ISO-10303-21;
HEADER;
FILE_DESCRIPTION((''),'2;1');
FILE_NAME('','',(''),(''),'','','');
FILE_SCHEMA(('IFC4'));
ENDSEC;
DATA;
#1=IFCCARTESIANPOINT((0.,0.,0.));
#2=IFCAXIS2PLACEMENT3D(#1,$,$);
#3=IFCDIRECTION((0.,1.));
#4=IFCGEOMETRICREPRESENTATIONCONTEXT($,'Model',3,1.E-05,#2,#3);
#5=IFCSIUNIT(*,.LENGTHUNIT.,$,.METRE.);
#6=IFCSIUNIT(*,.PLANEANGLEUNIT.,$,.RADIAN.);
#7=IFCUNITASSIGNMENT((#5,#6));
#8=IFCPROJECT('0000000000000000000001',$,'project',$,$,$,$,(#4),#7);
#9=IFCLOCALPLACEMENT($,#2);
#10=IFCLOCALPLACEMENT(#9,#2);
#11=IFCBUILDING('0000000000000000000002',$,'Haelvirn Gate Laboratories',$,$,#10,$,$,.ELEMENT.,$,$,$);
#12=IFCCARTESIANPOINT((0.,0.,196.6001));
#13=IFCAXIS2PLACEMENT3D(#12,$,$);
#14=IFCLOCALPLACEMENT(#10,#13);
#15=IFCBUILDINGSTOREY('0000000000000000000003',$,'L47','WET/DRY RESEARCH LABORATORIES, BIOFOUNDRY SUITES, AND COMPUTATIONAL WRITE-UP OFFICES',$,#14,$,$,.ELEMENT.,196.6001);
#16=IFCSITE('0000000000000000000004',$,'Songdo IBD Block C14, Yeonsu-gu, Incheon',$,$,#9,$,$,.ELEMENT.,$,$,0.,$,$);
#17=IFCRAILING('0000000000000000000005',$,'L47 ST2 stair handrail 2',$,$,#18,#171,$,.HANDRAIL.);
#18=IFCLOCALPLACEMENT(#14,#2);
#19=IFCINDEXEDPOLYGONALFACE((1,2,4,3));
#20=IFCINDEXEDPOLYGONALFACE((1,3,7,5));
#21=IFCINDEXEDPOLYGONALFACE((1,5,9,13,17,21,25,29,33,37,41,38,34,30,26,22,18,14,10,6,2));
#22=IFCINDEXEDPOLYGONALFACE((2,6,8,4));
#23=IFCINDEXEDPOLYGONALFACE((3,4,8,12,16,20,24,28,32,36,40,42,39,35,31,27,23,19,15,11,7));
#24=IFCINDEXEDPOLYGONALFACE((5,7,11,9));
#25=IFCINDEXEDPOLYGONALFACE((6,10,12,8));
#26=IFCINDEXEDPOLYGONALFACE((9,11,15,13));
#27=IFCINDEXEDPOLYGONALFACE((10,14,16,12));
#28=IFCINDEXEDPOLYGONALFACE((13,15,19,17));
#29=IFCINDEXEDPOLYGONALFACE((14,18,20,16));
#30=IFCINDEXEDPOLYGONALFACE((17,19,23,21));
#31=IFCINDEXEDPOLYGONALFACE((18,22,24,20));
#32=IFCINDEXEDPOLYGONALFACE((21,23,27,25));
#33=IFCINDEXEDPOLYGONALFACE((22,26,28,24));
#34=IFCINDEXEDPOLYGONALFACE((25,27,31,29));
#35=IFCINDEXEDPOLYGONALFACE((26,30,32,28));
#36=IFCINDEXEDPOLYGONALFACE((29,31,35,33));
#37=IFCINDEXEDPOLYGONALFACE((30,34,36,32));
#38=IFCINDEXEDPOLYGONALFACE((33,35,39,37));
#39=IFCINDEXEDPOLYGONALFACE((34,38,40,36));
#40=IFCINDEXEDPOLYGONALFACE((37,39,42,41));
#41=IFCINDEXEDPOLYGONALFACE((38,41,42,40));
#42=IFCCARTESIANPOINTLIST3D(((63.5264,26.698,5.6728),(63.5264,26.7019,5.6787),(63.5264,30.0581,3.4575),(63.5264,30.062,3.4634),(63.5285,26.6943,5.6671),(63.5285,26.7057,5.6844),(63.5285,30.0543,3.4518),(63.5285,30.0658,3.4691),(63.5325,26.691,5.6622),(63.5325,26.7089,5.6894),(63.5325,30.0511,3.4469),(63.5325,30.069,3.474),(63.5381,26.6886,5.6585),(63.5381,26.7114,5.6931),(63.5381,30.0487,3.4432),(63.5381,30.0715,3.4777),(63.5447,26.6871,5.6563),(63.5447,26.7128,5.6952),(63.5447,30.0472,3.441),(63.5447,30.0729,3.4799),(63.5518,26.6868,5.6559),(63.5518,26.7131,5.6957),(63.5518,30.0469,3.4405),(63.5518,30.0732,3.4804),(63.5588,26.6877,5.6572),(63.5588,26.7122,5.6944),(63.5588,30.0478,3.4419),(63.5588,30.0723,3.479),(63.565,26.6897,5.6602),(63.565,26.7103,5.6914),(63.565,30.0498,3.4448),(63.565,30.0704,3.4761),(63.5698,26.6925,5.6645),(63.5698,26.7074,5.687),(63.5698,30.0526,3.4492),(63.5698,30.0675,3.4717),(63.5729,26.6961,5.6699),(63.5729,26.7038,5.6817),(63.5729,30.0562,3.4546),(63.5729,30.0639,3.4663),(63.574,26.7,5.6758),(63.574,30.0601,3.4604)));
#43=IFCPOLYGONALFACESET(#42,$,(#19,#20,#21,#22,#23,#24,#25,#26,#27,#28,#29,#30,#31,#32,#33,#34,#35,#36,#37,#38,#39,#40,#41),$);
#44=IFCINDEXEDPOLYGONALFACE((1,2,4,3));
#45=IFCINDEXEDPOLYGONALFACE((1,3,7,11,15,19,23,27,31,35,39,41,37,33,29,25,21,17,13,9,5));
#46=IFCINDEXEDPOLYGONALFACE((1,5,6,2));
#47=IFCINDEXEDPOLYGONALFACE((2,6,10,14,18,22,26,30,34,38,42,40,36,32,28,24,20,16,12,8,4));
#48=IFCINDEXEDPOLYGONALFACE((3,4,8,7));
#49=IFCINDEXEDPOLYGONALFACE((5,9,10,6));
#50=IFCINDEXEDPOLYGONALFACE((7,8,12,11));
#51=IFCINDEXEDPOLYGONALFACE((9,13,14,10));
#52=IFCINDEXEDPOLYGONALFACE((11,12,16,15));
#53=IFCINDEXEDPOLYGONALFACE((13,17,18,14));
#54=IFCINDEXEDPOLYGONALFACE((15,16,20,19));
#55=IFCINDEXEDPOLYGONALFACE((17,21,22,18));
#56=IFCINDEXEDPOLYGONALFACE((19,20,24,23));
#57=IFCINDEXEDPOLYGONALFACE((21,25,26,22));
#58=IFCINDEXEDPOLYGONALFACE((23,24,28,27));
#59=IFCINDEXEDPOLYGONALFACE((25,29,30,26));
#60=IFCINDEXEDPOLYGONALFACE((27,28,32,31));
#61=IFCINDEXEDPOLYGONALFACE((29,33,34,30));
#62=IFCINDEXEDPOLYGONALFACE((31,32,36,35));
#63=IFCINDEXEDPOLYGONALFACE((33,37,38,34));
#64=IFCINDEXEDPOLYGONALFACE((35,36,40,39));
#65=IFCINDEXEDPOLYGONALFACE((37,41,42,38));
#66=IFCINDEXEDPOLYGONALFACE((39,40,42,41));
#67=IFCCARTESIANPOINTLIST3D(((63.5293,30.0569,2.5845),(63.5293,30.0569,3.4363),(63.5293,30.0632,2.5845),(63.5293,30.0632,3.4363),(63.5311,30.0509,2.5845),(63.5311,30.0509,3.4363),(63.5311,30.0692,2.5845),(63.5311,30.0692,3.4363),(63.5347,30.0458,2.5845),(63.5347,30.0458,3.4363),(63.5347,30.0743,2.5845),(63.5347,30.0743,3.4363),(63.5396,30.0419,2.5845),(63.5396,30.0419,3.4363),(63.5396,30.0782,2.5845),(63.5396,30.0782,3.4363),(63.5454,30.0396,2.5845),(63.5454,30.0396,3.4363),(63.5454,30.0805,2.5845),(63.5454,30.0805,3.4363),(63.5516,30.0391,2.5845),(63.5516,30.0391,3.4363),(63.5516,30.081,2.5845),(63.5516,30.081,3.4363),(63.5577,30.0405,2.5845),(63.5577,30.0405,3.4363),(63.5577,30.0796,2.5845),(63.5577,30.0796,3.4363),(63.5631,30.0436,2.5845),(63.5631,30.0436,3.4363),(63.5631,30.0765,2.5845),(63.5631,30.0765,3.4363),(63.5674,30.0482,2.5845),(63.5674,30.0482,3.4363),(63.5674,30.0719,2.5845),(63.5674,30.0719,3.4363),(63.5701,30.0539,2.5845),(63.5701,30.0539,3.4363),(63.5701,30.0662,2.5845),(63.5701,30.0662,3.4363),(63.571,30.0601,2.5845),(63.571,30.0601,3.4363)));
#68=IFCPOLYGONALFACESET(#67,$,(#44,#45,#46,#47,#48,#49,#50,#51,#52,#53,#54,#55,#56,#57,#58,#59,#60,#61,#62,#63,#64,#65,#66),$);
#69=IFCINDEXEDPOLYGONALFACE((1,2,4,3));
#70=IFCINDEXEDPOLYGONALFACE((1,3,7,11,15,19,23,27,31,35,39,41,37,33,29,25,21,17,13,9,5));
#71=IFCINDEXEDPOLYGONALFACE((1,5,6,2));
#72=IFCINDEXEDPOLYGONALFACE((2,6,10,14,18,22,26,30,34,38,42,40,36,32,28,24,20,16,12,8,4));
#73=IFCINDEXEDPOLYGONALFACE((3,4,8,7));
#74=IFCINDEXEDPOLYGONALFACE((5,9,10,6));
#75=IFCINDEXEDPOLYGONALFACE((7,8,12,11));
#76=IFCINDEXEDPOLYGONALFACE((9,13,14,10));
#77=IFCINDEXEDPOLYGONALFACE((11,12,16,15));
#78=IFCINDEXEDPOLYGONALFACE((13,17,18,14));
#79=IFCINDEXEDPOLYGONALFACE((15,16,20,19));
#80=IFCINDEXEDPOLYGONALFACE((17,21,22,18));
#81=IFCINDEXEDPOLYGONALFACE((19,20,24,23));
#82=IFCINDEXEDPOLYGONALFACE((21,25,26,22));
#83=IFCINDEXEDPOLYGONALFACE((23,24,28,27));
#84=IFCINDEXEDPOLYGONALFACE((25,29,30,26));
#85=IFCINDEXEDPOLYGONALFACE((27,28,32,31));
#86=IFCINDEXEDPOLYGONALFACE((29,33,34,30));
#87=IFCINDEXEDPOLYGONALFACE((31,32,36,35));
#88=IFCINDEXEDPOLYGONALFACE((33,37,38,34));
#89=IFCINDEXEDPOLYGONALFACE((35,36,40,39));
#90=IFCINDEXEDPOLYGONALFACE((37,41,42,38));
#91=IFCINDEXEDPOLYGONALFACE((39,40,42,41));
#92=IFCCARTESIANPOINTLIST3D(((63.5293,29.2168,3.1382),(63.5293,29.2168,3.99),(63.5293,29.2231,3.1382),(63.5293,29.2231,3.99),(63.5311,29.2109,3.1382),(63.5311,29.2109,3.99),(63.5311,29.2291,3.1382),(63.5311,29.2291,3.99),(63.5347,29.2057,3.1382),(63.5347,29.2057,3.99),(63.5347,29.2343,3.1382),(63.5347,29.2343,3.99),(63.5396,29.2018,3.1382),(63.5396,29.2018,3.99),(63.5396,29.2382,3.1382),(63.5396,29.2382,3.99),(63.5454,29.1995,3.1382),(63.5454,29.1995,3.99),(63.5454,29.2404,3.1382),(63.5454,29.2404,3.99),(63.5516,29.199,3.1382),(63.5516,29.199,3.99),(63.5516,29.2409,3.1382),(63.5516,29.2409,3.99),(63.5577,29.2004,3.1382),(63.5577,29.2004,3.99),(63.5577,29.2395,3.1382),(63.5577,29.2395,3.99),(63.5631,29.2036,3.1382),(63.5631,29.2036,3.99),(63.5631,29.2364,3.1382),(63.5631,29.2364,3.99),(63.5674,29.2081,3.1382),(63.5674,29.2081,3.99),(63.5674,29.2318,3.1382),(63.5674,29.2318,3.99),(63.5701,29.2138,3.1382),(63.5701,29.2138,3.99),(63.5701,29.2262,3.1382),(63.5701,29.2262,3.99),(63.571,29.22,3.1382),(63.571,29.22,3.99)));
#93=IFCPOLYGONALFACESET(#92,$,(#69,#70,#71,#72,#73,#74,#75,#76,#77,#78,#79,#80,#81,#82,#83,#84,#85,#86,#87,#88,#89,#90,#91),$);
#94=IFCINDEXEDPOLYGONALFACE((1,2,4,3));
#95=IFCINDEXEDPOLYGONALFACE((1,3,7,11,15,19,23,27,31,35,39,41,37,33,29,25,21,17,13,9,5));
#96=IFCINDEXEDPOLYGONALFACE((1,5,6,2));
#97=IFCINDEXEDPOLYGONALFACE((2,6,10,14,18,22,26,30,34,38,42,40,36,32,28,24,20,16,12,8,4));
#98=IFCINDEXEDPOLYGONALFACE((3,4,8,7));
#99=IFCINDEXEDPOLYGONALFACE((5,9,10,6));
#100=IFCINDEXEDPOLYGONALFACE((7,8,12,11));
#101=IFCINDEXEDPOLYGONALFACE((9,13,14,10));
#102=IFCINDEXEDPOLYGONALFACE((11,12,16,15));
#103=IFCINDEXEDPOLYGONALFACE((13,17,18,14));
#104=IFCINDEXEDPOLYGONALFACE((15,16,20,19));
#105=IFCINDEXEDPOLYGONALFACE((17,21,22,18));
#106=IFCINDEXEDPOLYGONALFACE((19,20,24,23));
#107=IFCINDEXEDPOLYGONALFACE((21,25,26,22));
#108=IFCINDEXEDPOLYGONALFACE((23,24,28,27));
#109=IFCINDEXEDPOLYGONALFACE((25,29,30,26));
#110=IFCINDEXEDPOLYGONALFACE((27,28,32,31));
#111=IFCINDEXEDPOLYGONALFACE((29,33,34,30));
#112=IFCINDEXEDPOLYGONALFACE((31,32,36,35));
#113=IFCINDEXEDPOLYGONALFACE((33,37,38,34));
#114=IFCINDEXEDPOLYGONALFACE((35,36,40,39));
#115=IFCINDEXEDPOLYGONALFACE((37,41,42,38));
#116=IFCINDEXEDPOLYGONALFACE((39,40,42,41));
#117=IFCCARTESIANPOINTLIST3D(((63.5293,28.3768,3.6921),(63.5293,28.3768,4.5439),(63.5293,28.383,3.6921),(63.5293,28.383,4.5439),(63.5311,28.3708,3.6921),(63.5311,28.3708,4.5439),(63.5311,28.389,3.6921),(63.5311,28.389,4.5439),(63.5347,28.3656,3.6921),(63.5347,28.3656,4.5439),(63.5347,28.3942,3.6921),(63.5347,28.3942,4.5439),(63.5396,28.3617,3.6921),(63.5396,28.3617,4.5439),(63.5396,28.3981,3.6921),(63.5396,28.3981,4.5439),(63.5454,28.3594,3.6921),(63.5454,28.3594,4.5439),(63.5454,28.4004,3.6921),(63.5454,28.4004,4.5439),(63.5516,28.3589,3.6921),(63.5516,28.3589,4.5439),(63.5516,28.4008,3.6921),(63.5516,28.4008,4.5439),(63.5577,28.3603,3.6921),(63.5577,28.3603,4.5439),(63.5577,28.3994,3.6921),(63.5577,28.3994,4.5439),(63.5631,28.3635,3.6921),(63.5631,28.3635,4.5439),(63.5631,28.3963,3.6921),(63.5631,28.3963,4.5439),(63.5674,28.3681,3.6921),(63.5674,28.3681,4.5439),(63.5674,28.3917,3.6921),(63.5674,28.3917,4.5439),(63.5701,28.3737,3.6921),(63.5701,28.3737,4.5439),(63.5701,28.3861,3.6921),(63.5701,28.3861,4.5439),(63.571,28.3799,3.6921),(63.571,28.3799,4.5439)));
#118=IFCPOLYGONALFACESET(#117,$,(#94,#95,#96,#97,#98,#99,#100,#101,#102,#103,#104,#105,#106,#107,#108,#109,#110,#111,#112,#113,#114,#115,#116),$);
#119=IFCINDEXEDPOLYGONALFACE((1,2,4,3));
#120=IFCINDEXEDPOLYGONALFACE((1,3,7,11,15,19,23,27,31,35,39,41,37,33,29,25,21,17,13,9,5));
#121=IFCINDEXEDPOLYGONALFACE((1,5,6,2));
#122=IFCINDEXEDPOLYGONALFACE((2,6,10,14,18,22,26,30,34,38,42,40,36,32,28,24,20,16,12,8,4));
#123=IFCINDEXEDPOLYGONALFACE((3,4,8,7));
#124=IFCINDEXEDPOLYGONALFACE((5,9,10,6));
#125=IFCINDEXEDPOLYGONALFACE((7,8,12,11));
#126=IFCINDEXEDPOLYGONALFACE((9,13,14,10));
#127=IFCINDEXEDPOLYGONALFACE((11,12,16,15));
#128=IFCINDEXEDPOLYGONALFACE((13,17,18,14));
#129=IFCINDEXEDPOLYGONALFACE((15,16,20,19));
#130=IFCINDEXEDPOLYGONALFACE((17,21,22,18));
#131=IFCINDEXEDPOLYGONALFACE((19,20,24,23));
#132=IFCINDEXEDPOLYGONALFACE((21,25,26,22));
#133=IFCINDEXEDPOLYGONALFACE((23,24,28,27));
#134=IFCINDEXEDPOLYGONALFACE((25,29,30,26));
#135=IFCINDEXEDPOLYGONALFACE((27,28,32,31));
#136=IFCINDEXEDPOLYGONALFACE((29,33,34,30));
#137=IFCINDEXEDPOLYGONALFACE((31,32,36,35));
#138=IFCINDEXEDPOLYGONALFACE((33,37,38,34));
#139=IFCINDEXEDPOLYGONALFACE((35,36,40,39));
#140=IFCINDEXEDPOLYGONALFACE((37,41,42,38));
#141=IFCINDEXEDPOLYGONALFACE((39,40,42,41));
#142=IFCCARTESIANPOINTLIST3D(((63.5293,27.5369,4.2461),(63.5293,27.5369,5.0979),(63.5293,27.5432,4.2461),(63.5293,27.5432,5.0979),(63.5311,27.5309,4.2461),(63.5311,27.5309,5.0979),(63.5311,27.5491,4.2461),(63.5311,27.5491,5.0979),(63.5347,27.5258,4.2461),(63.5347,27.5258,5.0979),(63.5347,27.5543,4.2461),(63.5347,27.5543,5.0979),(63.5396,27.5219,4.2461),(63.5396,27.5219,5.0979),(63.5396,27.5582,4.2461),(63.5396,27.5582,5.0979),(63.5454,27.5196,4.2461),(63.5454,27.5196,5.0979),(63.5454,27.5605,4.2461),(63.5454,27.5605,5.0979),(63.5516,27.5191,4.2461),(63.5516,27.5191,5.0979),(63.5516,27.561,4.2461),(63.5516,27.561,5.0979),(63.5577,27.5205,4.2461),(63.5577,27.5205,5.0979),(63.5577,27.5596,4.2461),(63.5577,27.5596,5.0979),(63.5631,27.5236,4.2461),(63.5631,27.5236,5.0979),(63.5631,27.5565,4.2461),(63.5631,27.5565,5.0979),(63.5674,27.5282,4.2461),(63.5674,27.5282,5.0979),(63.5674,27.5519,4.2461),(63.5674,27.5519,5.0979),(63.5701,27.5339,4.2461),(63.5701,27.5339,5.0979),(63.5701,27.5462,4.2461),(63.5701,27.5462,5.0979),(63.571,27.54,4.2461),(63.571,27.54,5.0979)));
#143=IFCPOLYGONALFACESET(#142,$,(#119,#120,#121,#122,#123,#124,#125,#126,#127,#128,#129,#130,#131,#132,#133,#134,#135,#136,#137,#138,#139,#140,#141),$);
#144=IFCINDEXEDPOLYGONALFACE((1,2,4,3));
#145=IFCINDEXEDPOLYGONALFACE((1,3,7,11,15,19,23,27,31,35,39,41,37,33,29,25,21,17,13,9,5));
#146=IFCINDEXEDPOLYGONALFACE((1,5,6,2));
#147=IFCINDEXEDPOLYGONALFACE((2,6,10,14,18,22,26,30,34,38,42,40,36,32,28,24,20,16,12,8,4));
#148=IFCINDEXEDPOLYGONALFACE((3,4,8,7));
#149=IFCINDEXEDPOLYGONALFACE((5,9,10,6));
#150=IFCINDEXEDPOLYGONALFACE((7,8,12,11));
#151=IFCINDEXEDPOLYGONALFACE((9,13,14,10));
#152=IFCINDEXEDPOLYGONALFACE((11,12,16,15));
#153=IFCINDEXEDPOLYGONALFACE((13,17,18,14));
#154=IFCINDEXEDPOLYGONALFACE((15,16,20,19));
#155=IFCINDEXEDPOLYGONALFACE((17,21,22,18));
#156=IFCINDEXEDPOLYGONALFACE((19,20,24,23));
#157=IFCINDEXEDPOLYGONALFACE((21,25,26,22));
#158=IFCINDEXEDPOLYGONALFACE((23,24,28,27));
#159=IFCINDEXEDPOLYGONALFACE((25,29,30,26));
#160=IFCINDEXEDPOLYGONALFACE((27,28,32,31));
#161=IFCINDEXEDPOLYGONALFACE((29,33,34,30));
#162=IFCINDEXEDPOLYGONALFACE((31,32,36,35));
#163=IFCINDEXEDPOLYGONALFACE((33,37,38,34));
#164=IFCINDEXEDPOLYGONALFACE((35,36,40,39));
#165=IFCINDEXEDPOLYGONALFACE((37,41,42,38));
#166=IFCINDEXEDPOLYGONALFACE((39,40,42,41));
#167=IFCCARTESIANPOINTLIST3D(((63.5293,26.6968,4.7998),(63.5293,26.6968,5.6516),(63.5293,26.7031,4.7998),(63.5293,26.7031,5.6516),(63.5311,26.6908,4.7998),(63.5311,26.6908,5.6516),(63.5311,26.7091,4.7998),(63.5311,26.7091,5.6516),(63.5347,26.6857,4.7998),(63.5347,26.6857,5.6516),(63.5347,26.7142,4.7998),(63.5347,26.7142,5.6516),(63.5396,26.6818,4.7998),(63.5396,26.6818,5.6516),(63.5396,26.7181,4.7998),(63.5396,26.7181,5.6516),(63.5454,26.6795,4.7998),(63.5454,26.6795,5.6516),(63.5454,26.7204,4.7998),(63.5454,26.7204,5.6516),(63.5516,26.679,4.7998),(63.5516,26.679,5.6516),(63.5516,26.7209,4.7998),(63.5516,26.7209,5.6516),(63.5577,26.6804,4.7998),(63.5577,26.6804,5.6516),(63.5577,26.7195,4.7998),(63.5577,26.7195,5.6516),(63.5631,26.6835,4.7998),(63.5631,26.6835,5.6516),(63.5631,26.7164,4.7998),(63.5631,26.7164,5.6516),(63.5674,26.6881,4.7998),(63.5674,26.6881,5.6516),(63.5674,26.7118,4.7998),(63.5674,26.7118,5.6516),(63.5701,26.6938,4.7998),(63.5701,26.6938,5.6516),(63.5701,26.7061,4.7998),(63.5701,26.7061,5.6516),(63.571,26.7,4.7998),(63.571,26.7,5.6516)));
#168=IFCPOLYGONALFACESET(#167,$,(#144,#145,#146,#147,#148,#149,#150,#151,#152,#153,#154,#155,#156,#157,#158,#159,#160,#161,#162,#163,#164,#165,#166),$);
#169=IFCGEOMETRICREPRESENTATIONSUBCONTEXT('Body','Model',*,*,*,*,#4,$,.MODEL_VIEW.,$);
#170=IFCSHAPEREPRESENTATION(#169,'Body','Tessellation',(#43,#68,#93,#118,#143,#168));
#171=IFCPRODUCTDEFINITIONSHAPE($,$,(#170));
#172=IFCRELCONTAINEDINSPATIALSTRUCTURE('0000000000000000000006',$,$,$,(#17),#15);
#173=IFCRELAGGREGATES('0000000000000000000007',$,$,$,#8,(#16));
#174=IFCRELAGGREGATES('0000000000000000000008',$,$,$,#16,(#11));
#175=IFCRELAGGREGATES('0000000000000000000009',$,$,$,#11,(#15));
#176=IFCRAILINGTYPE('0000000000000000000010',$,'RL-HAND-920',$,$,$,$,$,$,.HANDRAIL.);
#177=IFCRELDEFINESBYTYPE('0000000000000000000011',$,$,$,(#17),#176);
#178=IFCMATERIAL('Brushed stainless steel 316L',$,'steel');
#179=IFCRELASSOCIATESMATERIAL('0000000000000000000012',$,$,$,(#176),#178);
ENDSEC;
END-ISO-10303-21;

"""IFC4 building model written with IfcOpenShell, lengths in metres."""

from ifc_helpers import new_model, si_unit, direction, frame, origin, origin_2d, place, context, subcontext, project, spatial, circle, extrude, source, transform, mapped, material, type_object, element, save


model = new_model("IFC4")

# Units and contexts
model_context = context("Model", 3, precision=1e-05, world=origin(), true_north=direction((0.0, 1.0)))
body_context = subcontext(model_context, "Body", "Model", "MODEL_VIEW")
ifc_project = project(units=[si_unit("LENGTHUNIT", "METRE"), si_unit("PLANEANGLEUNIT", "RADIAN")], contexts=[model_context])

# Site, building, storey
site_placement = place(None, origin())
site = spatial("IfcSite", under=ifc_project, at=site_placement, Name="Songdo IBD Block C14, Yeonsu-gu, Incheon", CompositionType="ELEMENT", RefElevation=0.0)
building_placement = place(site_placement, origin())
building = spatial("IfcBuilding", under=site, at=building_placement, Name="Haelvirn Gate Laboratories", CompositionType="ELEMENT")
storey_placement = place(building_placement, frame((0.0, 0.0, 196.6001)))
storey = spatial("IfcBuildingStorey", under=building, at=storey_placement, Name="L47", Description="WET/DRY RESEARCH LABORATORIES, BIOFOUNDRY SUITES, AND COMPUTATIONAL WRITE-UP OFFICES", CompositionType="ELEMENT", Elevation=196.6001)

# Railing
ifc_material_1 = material(Name="Brushed stainless steel 316L", Category="steel")
railing_type_1 = type_object("IfcRailingType", Name="RL-HAND-920", PredefinedType="HANDRAIL", material=ifc_material_1)
shared_shape_1 = source(origin(), body_context, "Body", "SweptSolid", [
    extrude(circle(Radius=0.0239, at=origin_2d()), frame((0.0, 0.0, 0.876), z_axis=(0.0, -0.834876, 0.550437), x_axis=(1.0, 0.0, 0.0)), (0.0, 0.0, 1.0), 4.0247),
    extrude(circle(Radius=0.021, at=origin_2d()), origin(), (0.0, 0.0, 1.0), 0.8518),
    extrude(circle(Radius=0.021, at=origin_2d()), frame((0.0, -0.8401, 0.5537)), (0.0, 0.0, 1.0), 0.8518),
    extrude(circle(Radius=0.021, at=origin_2d()), frame((0.0, -1.6802, 1.1077)), (0.0, 0.0, 1.0), 0.8518),
    extrude(circle(Radius=0.021, at=origin_2d()), frame((0.0, -2.52, 1.6616)), (0.0, 0.0, 1.0), 0.8518),
    extrude(circle(Radius=0.021, at=origin_2d()), frame((0.0, -3.3601, 2.2153)), (0.0, 0.0, 1.0), 0.8518),
])
railing_1_placement = place(storey_placement, frame((63.55, 30.0601, 2.5845)))
element("IfcRailing", 1, at=railing_1_placement, inside=storey, type_object=railing_type_1, Name="L47 ST2 stair handrail 2", PredefinedType="HANDRAIL", context=body_context, shape_type="MappedRepresentation", body=[
    mapped(shared_shape_1, transform((0.0, 0.0, 0.0), scale=1.0)),
])

save(model, "model.ifc")
